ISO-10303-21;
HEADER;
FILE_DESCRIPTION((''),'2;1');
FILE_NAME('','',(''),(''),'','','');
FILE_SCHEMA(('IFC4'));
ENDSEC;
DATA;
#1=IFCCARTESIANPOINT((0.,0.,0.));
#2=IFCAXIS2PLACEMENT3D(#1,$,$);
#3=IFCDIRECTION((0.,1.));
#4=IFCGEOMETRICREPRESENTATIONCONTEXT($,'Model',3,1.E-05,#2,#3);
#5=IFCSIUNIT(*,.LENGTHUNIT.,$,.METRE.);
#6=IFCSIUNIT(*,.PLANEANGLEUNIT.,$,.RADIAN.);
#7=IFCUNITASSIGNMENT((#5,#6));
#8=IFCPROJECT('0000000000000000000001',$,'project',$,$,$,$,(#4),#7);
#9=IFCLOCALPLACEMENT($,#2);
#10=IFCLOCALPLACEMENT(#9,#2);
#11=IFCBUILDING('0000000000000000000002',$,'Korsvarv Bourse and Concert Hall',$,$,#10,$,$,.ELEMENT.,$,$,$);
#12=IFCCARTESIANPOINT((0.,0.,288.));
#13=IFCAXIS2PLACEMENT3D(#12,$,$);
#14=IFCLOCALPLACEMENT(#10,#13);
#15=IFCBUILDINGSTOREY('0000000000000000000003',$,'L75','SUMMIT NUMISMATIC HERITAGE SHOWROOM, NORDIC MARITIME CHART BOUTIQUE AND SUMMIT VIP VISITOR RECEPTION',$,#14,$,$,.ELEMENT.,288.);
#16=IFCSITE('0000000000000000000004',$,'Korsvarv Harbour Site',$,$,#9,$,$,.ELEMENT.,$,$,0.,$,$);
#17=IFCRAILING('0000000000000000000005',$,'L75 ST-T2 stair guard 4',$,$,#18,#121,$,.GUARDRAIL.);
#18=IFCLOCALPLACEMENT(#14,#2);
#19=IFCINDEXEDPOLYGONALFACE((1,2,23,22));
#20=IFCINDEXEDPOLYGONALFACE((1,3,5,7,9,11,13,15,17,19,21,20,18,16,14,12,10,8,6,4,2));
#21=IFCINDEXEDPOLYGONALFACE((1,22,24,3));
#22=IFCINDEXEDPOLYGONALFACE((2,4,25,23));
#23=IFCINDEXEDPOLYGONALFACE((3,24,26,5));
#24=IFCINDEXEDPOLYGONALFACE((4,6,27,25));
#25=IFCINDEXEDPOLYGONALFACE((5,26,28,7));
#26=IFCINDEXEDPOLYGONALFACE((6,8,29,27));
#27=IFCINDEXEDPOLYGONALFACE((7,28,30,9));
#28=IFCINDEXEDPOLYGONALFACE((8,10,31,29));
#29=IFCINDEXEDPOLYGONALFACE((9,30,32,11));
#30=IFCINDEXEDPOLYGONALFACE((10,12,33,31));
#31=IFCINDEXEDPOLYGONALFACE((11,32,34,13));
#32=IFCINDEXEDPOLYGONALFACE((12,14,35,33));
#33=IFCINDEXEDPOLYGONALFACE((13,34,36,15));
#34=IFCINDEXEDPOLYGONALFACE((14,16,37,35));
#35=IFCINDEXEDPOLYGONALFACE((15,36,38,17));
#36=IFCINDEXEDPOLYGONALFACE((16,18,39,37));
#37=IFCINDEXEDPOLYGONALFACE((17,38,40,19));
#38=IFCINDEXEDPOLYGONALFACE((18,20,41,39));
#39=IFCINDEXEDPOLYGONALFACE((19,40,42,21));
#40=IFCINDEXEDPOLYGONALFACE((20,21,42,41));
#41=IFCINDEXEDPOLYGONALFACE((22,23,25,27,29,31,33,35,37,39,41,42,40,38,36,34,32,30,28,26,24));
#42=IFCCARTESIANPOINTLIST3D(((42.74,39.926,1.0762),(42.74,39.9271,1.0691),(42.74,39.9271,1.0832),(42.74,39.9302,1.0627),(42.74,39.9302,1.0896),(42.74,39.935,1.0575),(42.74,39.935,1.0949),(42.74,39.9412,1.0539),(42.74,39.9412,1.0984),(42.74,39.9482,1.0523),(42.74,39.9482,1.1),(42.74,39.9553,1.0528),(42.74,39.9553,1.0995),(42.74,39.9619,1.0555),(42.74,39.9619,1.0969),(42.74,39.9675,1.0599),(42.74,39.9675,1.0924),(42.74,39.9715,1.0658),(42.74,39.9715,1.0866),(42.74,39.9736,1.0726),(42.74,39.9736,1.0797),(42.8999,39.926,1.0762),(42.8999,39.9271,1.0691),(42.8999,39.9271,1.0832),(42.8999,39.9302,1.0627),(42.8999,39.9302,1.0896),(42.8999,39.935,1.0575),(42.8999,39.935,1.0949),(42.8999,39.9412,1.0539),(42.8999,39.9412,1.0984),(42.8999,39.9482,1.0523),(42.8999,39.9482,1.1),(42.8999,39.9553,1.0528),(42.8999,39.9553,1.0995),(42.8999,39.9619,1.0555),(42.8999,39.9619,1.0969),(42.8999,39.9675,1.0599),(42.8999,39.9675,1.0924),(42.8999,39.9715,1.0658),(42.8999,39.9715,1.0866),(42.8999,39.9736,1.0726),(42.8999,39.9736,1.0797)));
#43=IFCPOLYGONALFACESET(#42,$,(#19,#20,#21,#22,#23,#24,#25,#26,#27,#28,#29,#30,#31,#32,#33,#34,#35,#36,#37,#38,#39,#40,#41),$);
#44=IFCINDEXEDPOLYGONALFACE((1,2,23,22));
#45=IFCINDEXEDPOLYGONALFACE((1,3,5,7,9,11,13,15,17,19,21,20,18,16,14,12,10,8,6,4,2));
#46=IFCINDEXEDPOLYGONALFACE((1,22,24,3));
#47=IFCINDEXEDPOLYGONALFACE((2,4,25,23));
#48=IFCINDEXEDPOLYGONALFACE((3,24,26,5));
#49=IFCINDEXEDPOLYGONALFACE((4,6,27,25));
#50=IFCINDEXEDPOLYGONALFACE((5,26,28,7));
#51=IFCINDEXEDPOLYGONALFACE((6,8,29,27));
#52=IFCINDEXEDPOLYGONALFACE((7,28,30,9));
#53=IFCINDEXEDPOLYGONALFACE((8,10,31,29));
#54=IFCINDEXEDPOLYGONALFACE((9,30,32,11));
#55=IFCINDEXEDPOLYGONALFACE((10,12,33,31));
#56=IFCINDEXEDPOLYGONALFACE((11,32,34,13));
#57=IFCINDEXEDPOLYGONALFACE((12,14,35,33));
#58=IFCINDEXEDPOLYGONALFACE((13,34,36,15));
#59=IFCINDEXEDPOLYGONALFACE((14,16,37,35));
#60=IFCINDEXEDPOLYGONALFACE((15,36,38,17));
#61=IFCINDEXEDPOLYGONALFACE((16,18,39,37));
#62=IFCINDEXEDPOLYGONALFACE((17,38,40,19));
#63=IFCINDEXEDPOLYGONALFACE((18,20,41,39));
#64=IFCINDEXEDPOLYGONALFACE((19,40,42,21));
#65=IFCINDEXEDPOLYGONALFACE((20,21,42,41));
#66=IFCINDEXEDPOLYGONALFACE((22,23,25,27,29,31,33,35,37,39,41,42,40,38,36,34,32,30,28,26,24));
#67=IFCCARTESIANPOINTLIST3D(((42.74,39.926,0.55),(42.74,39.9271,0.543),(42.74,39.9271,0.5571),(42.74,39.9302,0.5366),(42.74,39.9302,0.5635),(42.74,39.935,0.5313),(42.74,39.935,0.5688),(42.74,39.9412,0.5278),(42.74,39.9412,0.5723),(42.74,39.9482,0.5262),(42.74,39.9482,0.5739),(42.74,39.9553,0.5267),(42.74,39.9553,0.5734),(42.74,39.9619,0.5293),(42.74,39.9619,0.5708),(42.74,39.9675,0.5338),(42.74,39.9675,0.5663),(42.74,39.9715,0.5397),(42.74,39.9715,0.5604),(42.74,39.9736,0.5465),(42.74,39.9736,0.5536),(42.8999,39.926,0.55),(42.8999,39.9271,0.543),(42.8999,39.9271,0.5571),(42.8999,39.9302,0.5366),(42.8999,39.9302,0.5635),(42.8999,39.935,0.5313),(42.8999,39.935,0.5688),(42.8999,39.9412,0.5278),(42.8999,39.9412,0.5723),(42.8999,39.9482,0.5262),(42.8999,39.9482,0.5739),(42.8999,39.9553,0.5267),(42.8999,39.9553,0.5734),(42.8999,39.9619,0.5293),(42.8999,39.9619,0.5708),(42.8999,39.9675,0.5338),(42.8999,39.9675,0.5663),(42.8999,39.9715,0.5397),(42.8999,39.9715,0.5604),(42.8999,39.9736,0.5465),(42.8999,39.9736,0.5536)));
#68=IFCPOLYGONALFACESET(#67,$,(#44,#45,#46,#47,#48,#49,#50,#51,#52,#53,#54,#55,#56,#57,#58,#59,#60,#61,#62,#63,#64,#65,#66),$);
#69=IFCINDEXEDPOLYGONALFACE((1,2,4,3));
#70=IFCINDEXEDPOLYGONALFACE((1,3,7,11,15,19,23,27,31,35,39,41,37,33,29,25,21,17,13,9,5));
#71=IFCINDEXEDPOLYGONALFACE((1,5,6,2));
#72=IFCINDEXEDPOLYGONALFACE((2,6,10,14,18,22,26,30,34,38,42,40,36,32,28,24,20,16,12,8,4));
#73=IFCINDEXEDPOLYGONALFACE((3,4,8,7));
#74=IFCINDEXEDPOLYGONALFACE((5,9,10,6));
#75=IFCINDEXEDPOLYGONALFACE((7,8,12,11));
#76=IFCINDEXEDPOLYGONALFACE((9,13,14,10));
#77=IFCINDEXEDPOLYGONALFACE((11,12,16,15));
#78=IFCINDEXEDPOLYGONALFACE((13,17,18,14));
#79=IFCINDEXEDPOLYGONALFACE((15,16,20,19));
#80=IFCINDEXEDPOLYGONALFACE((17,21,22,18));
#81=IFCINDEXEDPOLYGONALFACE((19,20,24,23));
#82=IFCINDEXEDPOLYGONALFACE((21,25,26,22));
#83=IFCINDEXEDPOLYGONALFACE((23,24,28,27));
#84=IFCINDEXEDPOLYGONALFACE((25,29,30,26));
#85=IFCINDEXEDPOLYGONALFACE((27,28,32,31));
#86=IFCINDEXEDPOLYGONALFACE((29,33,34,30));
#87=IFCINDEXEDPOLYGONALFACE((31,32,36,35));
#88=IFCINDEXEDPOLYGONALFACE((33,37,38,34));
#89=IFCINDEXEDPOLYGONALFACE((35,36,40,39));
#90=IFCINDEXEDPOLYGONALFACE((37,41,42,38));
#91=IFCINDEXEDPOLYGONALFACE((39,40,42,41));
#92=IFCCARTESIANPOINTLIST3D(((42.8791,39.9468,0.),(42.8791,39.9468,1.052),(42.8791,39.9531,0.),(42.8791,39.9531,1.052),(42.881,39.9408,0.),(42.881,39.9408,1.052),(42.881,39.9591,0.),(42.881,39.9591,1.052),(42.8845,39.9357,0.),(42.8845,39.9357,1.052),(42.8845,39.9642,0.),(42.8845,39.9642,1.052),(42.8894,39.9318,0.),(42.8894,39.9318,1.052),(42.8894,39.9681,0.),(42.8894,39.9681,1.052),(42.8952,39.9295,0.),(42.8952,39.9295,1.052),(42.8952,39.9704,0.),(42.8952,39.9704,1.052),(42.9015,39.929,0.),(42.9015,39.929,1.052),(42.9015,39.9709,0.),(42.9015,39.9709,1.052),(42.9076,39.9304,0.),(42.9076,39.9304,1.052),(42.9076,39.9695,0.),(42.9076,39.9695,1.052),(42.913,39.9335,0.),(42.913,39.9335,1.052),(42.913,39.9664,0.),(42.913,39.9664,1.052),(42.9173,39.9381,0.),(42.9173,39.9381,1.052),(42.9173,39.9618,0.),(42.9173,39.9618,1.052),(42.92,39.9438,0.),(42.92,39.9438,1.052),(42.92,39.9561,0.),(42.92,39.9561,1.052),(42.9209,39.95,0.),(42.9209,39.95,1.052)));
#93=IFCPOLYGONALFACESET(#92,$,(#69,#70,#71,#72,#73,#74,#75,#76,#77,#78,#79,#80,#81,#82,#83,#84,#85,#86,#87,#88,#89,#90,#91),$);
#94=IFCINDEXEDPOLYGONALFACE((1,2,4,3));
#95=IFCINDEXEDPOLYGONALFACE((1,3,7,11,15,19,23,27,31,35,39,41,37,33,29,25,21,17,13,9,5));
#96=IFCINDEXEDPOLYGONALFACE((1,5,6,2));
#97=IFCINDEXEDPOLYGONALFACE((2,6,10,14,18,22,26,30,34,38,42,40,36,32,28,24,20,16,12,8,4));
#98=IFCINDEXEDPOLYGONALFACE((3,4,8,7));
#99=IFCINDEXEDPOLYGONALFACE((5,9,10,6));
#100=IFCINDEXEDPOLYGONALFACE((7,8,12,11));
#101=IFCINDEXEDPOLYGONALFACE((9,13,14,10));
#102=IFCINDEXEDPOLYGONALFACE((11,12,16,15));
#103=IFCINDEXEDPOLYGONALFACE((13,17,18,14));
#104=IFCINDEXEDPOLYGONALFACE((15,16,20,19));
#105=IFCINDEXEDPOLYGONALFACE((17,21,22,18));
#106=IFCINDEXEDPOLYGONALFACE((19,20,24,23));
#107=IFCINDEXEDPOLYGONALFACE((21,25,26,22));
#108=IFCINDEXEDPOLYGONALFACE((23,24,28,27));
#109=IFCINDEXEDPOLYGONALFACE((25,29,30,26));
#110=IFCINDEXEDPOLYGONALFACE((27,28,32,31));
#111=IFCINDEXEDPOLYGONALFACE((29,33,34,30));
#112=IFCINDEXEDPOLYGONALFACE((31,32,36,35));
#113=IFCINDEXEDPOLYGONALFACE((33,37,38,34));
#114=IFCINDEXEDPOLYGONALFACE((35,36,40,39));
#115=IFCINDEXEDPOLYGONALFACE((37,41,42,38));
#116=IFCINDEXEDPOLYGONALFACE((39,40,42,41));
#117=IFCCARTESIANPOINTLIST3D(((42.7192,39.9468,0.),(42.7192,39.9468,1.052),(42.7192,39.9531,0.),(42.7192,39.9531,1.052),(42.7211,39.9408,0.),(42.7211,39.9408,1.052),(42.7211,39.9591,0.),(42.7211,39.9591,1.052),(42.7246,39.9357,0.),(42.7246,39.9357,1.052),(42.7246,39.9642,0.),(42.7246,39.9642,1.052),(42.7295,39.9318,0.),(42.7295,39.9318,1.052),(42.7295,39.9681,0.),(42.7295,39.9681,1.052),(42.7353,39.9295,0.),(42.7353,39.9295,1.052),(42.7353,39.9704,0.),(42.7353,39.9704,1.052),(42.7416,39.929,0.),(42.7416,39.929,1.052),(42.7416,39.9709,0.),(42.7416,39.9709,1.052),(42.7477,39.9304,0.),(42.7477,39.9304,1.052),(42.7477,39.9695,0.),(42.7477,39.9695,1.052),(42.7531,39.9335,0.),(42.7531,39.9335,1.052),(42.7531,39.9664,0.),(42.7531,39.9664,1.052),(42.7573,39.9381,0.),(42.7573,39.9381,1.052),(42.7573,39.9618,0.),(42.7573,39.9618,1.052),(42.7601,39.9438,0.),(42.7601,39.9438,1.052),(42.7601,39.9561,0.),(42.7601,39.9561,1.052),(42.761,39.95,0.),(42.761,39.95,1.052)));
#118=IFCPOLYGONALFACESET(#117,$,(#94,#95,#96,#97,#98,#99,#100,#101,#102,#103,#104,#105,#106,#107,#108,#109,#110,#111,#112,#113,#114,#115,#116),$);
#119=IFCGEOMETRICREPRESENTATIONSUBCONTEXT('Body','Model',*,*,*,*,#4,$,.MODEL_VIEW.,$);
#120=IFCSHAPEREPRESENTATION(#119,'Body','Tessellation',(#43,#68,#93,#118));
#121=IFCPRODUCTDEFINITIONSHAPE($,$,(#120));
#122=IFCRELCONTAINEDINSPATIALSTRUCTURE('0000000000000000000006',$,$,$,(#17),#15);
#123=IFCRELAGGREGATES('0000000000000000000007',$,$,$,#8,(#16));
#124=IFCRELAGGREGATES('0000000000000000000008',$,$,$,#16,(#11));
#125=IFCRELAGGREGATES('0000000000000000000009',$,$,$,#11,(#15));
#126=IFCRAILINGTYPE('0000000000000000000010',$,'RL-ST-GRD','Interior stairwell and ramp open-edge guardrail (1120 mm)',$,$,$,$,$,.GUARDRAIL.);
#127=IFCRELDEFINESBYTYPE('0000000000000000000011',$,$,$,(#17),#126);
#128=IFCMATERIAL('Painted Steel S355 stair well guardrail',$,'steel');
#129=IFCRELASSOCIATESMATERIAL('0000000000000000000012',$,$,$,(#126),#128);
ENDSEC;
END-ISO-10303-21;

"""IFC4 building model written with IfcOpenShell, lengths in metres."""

from ifc_helpers import new_model, si_unit, direction, frame, origin, origin_2d, place, context, subcontext, project, spatial, circle, extrude, material, type_object, element, save


model = new_model("IFC4")

# Units and contexts
model_context = context("Model", 3, precision=1e-05, world=origin(), true_north=direction((0.0, 1.0)))
body_context = subcontext(model_context, "Body", "Model", "MODEL_VIEW")
ifc_project = project(units=[si_unit("LENGTHUNIT", "METRE"), si_unit("PLANEANGLEUNIT", "RADIAN")], contexts=[model_context])

# Site, building, storey
site_placement = place(None, origin())
site = spatial("IfcSite", under=ifc_project, at=site_placement, Name="Korsvarv Harbour Site", CompositionType="ELEMENT", RefElevation=0.0)
building_placement = place(site_placement, origin())
building = spatial("IfcBuilding", under=site, at=building_placement, Name="Korsvarv Bourse and Concert Hall", CompositionType="ELEMENT")
storey_placement = place(building_placement, frame((0.0, 0.0, 288.0)))
storey = spatial("IfcBuildingStorey", under=building, at=storey_placement, Name="L75", Description="SUMMIT NUMISMATIC HERITAGE SHOWROOM, NORDIC MARITIME CHART BOUTIQUE AND SUMMIT VIP VISITOR RECEPTION", CompositionType="ELEMENT", Elevation=288.0)

# Railing
ifc_material_1 = material(Name="Painted Steel S355 stair well guardrail", Category="steel")
railing_type_1 = type_object("IfcRailingType", Name="RL-ST-GRD", Description="Interior stairwell and ramp open-edge guardrail (1120 mm)", PredefinedType="GUARDRAIL", material=ifc_material_1)
railing_1_placement = place(storey_placement, frame((42.8999, 39.95, 0.0)))
element("IfcRailing", 1, at=railing_1_placement, inside=storey, type_object=railing_type_1, Name="L75 ST-T2 stair guard 4", PredefinedType="GUARDRAIL", context=body_context, shape_type="SweptSolid", body=[
    extrude(circle(Radius=0.0239, at=origin_2d()), frame((0.0, 0.0, 1.0762), z_axis=(-1.0, 0.0, 0.0), x_axis=(0.0, -1.0, 0.0)), (0.0, 0.0, 1.0), 0.1599),
    extrude(circle(Radius=0.0239, at=origin_2d()), frame((0.0, 0.0, 0.55), z_axis=(-1.0, 0.0, 0.0), x_axis=(0.0, -1.0, 0.0)), (0.0, 0.0, 1.0), 0.1599),
    extrude(circle(Radius=0.021, at=origin_2d()), origin(), (0.0, 0.0, 1.0), 1.052),
    extrude(circle(Radius=0.021, at=origin_2d()), frame((-0.1599, 0.0, 0.0)), (0.0, 0.0, 1.0), 1.052),
])

save(model, "model.ifc")
